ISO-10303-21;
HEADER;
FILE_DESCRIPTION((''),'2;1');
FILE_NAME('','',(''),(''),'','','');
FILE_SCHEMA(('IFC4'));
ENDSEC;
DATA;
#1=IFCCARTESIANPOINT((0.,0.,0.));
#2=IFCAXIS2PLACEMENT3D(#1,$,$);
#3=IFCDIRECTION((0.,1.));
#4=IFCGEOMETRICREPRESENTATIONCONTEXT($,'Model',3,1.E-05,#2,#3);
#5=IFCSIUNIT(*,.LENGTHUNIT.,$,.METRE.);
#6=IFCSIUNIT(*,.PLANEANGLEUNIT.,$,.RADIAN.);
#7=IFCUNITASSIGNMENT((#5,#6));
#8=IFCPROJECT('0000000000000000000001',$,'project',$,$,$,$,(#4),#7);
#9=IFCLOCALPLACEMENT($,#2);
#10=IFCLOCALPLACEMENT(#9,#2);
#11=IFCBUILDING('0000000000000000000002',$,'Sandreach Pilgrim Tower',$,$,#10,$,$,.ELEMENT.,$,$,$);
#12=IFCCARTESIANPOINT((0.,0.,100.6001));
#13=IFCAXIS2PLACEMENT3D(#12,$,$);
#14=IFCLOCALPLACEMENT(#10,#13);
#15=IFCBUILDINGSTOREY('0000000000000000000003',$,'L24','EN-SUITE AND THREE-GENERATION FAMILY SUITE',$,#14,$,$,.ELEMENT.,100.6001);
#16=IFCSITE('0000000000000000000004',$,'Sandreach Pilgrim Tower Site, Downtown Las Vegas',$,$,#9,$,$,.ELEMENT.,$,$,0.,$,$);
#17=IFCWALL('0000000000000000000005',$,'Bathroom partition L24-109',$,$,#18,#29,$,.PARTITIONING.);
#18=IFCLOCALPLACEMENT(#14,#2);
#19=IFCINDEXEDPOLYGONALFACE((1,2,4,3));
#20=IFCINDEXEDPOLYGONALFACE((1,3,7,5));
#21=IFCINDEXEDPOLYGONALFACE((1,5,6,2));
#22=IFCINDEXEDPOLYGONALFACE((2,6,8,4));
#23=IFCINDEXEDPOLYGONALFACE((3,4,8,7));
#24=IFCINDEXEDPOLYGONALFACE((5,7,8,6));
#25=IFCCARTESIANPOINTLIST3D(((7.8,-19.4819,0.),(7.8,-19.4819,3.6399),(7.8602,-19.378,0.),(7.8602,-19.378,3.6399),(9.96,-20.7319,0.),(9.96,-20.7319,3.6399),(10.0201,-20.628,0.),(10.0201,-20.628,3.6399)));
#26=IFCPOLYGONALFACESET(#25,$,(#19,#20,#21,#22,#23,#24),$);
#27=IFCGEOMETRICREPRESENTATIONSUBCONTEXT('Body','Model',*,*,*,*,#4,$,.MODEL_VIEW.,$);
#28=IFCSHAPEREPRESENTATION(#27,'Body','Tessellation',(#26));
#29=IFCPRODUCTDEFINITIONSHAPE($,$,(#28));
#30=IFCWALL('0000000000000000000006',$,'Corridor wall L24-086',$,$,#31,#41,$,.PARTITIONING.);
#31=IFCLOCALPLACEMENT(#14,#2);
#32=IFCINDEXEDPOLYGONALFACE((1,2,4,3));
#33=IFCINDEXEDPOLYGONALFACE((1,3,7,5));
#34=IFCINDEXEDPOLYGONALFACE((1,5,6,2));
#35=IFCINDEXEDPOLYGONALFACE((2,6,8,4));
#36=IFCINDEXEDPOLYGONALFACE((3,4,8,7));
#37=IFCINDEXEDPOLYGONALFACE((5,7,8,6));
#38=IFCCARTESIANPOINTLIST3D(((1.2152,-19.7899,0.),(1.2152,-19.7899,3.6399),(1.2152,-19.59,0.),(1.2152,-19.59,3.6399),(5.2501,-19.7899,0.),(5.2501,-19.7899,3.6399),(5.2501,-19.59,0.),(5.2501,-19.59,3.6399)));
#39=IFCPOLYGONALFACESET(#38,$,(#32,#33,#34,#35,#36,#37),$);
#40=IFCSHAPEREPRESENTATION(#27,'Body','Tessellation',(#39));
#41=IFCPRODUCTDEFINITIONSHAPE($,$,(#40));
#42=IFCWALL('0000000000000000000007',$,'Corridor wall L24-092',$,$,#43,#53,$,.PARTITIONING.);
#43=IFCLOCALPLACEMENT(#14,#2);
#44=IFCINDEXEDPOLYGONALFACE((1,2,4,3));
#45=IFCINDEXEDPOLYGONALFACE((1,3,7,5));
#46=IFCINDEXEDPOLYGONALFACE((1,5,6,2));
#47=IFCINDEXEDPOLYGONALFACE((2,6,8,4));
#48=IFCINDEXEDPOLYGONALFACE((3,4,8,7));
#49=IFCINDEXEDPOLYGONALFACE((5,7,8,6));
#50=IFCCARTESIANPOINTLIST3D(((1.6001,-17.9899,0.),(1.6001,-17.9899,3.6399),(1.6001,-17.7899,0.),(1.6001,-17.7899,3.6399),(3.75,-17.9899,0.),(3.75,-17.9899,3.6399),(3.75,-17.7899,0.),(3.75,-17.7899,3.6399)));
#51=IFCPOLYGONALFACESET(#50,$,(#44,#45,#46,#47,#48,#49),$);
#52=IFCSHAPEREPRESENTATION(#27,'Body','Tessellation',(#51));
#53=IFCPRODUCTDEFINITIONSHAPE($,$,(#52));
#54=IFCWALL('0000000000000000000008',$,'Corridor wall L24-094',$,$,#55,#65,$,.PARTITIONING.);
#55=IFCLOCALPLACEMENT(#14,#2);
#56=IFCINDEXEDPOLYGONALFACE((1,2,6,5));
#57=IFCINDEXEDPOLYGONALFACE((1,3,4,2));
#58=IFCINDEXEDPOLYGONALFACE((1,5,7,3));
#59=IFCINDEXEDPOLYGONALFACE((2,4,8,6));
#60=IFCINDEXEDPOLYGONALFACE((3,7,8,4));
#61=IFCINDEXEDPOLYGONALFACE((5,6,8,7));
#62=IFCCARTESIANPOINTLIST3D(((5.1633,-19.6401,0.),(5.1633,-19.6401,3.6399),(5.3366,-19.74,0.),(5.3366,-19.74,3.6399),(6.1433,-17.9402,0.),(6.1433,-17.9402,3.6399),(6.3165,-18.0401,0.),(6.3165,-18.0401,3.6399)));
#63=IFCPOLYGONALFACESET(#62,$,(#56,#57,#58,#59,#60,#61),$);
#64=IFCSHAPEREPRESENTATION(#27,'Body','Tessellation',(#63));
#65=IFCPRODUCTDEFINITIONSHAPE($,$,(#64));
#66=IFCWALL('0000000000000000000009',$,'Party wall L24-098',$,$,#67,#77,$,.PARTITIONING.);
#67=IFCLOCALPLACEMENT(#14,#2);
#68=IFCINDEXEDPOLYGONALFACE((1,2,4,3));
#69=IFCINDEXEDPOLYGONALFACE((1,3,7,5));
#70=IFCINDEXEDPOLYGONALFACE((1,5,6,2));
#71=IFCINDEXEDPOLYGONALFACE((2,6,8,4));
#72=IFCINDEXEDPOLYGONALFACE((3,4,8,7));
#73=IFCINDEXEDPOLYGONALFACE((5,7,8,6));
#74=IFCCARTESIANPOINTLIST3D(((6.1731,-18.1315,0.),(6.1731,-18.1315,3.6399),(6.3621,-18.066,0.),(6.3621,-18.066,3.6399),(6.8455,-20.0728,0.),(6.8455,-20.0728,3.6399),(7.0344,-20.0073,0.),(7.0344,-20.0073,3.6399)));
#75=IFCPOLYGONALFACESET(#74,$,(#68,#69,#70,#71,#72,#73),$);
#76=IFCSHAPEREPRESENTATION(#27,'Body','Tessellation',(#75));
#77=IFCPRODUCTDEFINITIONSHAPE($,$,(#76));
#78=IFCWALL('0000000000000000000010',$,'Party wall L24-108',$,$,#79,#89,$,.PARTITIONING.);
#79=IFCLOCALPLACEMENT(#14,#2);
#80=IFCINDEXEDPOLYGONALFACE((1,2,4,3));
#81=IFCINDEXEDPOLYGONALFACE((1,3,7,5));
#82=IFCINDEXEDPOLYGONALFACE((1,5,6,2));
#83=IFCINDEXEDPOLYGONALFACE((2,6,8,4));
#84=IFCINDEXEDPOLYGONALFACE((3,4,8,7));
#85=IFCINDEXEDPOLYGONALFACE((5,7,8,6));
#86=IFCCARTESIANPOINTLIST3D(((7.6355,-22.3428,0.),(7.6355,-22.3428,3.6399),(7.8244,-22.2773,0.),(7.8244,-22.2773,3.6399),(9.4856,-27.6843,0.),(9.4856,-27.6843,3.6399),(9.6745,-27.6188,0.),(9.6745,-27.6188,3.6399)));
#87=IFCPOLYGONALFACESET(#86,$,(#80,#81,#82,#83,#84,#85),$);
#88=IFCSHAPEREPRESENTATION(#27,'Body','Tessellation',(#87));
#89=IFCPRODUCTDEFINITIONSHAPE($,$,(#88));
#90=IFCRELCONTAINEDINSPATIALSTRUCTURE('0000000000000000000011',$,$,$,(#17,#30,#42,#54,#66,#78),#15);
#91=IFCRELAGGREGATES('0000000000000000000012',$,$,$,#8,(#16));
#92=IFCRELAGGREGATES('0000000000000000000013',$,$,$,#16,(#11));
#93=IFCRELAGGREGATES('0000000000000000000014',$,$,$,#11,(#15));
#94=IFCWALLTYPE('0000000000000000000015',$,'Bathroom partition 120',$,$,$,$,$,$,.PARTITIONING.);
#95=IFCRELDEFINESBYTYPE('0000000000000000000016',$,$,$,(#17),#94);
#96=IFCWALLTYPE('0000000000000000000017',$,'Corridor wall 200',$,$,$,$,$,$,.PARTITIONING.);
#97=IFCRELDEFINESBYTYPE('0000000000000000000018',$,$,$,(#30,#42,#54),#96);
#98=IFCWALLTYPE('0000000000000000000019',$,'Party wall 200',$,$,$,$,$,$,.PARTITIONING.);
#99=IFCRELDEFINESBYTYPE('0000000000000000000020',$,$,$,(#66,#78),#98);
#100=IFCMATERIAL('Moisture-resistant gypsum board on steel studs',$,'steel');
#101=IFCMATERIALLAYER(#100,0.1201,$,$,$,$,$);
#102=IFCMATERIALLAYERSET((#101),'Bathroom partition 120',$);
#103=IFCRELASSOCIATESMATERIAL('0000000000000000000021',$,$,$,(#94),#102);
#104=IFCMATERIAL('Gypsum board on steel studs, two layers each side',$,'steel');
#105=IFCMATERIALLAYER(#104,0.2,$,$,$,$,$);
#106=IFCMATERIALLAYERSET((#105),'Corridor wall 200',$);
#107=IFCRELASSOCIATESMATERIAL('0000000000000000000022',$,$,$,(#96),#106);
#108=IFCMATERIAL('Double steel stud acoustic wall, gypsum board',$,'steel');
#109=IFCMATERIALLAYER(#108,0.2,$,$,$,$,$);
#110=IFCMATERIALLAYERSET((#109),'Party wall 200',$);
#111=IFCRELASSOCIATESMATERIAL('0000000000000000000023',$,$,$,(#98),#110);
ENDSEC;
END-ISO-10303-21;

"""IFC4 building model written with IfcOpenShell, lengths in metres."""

from ifc_helpers import new_model, si_unit, direction, frame, frame_2d, origin, place, context, subcontext, project, spatial, rectangle, extrude, material, layer, layer_set, type_object, element, save


model = new_model("IFC4")

# Units and contexts
model_context = context("Model", 3, precision=1e-05, world=origin(), true_north=direction((0.0, 1.0)))
body_context = subcontext(model_context, "Body", "Model", "MODEL_VIEW")
ifc_project = project(units=[si_unit("LENGTHUNIT", "METRE"), si_unit("PLANEANGLEUNIT", "RADIAN")], contexts=[model_context])

# Site, building, storey
site_placement = place(None, origin())
site = spatial("IfcSite", under=ifc_project, at=site_placement, Name="Sandreach Pilgrim Tower Site, Downtown Las Vegas", CompositionType="ELEMENT", RefElevation=0.0)
building_placement = place(site_placement, origin())
building = spatial("IfcBuilding", under=site, at=building_placement, Name="Sandreach Pilgrim Tower", CompositionType="ELEMENT")
storey_placement = place(building_placement, frame((0.0, 0.0, 100.6001)))
storey = spatial("IfcBuildingStorey", under=building, at=storey_placement, Name="L24", Description="EN-SUITE AND THREE-GENERATION FAMILY SUITE", CompositionType="ELEMENT", Elevation=100.6001)

# Shared definitions
ifc_material_1 = material(Name="Moisture-resistant gypsum board on steel studs", Category="steel")
ifc_layer_1 = layer(ifc_material_1, 0.1201)
ifc_layer_set_1 = layer_set([ifc_layer_1], Name="Bathroom partition 120")
wall_type_1 = type_object("IfcWallType", Name="Bathroom partition 120", PredefinedType="PARTITIONING", material=ifc_layer_set_1)

# Wall
wall_1_placement = place(storey_placement, frame((7.8301, -19.4299, 0.0), z_axis=(0.0, 0.0, 1.0), x_axis=(0.865509, -0.500894, 0.0)))
element("IfcWall", 1, at=wall_1_placement, inside=storey, type_object=wall_type_1, Name="Bathroom partition L24-109", PredefinedType="PARTITIONING", context=body_context, shape_type="SweptSolid", body=[
    extrude(rectangle(XDim=2.4956, YDim=0.1201, at=frame_2d((1.2478, 0.0))), origin(), (0.0, 0.0, 1.0), 3.6399),
])

# Shared definitions
ifc_material_2 = material(Name="Gypsum board on steel studs, two layers each side", Category="steel")
ifc_layer_2 = layer(ifc_material_2, 0.2)
ifc_layer_set_2 = layer_set([ifc_layer_2], Name="Corridor wall 200")
wall_type_2 = type_object("IfcWallType", Name="Corridor wall 200", PredefinedType="PARTITIONING", material=ifc_layer_set_2)

# Wall
wall_2_placement = place(storey_placement, frame((1.2151, -19.6899, 0.0), z_axis=(0.0, 0.0, 1.0), x_axis=(1.0, 0.0, 0.0)))
element("IfcWall", 2, at=wall_2_placement, inside=storey, type_object=wall_type_2, Name="Corridor wall L24-086", PredefinedType="PARTITIONING", context=body_context, shape_type="SweptSolid", body=[
    extrude(rectangle(XDim=4.0349, YDim=0.2, at=frame_2d((2.0176, 0.0))), origin(), (0.0, 0.0, 1.0), 3.6399),
])

# Walls
wall_3_placement = place(storey_placement, frame((3.75, -17.8899, 0.0), z_axis=(0.0, 0.0, 1.0), x_axis=(-1.0, 0.0, 0.0)))
element("IfcWall", 3, at=wall_3_placement, inside=storey, type_object=wall_type_2, Name="Corridor wall L24-092", PredefinedType="PARTITIONING", context=body_context, shape_type="SweptSolid", body=[
    extrude(rectangle(XDim=2.1499, YDim=0.2, at=frame_2d((1.075, 0.0))), origin(), (0.0, 0.0, 1.0), 3.6399),
])
wall_4_placement = place(storey_placement, frame((5.25, -19.6899, 0.0), z_axis=(0.0, 0.0, 1.0), x_axis=(0.499432, 0.866353, 0.0)))
element("IfcWall", 4, at=wall_4_placement, inside=storey, type_object=wall_type_2, Name="Corridor wall L24-094", PredefinedType="PARTITIONING", context=body_context, shape_type="SweptSolid", body=[
    extrude(rectangle(XDim=1.9622, YDim=0.2, at=frame_2d((0.981, 0.0))), origin(), (0.0, 0.0, 1.0), 3.6399),
])

# Walls
ifc_material_3 = material(Name="Double steel stud acoustic wall, gypsum board", Category="steel")
ifc_layer_3 = layer(ifc_material_3, 0.2)
ifc_layer_set_3 = layer_set([ifc_layer_3], Name="Party wall 200")
wall_type_3 = type_object("IfcWallType", Name="Party wall 200", PredefinedType="PARTITIONING", material=ifc_layer_set_3)
wall_5_placement = place(storey_placement, frame((6.2676, -18.0986, 0.0), z_axis=(0.0, 0.0, 1.0), x_axis=(0.327257, -0.944935, 0.0)))
element("IfcWall", 5, at=wall_5_placement, inside=storey, type_object=wall_type_3, Name="Party wall L24-098", PredefinedType="PARTITIONING", context=body_context, shape_type="SweptSolid", body=[
    extrude(rectangle(XDim=2.0544, YDim=0.2, at=frame_2d((1.0273, 0.0))), origin(), (0.0, 0.0, 1.0), 3.6399),
])
wall_6_placement = place(storey_placement, frame((7.73, -22.3101, 0.0), z_axis=(0.0, 0.0, 1.0), x_axis=(0.327284, -0.944926, 0.0)))
element("IfcWall", 6, at=wall_6_placement, inside=storey, type_object=wall_type_3, Name="Party wall L24-108", PredefinedType="PARTITIONING", context=body_context, shape_type="SweptSolid", body=[
    extrude(rectangle(XDim=5.6528, YDim=0.2, at=frame_2d((2.8264, 0.0))), origin(), (0.0, 0.0, 1.0), 3.6399),
])

save(model, "model.ifc")
